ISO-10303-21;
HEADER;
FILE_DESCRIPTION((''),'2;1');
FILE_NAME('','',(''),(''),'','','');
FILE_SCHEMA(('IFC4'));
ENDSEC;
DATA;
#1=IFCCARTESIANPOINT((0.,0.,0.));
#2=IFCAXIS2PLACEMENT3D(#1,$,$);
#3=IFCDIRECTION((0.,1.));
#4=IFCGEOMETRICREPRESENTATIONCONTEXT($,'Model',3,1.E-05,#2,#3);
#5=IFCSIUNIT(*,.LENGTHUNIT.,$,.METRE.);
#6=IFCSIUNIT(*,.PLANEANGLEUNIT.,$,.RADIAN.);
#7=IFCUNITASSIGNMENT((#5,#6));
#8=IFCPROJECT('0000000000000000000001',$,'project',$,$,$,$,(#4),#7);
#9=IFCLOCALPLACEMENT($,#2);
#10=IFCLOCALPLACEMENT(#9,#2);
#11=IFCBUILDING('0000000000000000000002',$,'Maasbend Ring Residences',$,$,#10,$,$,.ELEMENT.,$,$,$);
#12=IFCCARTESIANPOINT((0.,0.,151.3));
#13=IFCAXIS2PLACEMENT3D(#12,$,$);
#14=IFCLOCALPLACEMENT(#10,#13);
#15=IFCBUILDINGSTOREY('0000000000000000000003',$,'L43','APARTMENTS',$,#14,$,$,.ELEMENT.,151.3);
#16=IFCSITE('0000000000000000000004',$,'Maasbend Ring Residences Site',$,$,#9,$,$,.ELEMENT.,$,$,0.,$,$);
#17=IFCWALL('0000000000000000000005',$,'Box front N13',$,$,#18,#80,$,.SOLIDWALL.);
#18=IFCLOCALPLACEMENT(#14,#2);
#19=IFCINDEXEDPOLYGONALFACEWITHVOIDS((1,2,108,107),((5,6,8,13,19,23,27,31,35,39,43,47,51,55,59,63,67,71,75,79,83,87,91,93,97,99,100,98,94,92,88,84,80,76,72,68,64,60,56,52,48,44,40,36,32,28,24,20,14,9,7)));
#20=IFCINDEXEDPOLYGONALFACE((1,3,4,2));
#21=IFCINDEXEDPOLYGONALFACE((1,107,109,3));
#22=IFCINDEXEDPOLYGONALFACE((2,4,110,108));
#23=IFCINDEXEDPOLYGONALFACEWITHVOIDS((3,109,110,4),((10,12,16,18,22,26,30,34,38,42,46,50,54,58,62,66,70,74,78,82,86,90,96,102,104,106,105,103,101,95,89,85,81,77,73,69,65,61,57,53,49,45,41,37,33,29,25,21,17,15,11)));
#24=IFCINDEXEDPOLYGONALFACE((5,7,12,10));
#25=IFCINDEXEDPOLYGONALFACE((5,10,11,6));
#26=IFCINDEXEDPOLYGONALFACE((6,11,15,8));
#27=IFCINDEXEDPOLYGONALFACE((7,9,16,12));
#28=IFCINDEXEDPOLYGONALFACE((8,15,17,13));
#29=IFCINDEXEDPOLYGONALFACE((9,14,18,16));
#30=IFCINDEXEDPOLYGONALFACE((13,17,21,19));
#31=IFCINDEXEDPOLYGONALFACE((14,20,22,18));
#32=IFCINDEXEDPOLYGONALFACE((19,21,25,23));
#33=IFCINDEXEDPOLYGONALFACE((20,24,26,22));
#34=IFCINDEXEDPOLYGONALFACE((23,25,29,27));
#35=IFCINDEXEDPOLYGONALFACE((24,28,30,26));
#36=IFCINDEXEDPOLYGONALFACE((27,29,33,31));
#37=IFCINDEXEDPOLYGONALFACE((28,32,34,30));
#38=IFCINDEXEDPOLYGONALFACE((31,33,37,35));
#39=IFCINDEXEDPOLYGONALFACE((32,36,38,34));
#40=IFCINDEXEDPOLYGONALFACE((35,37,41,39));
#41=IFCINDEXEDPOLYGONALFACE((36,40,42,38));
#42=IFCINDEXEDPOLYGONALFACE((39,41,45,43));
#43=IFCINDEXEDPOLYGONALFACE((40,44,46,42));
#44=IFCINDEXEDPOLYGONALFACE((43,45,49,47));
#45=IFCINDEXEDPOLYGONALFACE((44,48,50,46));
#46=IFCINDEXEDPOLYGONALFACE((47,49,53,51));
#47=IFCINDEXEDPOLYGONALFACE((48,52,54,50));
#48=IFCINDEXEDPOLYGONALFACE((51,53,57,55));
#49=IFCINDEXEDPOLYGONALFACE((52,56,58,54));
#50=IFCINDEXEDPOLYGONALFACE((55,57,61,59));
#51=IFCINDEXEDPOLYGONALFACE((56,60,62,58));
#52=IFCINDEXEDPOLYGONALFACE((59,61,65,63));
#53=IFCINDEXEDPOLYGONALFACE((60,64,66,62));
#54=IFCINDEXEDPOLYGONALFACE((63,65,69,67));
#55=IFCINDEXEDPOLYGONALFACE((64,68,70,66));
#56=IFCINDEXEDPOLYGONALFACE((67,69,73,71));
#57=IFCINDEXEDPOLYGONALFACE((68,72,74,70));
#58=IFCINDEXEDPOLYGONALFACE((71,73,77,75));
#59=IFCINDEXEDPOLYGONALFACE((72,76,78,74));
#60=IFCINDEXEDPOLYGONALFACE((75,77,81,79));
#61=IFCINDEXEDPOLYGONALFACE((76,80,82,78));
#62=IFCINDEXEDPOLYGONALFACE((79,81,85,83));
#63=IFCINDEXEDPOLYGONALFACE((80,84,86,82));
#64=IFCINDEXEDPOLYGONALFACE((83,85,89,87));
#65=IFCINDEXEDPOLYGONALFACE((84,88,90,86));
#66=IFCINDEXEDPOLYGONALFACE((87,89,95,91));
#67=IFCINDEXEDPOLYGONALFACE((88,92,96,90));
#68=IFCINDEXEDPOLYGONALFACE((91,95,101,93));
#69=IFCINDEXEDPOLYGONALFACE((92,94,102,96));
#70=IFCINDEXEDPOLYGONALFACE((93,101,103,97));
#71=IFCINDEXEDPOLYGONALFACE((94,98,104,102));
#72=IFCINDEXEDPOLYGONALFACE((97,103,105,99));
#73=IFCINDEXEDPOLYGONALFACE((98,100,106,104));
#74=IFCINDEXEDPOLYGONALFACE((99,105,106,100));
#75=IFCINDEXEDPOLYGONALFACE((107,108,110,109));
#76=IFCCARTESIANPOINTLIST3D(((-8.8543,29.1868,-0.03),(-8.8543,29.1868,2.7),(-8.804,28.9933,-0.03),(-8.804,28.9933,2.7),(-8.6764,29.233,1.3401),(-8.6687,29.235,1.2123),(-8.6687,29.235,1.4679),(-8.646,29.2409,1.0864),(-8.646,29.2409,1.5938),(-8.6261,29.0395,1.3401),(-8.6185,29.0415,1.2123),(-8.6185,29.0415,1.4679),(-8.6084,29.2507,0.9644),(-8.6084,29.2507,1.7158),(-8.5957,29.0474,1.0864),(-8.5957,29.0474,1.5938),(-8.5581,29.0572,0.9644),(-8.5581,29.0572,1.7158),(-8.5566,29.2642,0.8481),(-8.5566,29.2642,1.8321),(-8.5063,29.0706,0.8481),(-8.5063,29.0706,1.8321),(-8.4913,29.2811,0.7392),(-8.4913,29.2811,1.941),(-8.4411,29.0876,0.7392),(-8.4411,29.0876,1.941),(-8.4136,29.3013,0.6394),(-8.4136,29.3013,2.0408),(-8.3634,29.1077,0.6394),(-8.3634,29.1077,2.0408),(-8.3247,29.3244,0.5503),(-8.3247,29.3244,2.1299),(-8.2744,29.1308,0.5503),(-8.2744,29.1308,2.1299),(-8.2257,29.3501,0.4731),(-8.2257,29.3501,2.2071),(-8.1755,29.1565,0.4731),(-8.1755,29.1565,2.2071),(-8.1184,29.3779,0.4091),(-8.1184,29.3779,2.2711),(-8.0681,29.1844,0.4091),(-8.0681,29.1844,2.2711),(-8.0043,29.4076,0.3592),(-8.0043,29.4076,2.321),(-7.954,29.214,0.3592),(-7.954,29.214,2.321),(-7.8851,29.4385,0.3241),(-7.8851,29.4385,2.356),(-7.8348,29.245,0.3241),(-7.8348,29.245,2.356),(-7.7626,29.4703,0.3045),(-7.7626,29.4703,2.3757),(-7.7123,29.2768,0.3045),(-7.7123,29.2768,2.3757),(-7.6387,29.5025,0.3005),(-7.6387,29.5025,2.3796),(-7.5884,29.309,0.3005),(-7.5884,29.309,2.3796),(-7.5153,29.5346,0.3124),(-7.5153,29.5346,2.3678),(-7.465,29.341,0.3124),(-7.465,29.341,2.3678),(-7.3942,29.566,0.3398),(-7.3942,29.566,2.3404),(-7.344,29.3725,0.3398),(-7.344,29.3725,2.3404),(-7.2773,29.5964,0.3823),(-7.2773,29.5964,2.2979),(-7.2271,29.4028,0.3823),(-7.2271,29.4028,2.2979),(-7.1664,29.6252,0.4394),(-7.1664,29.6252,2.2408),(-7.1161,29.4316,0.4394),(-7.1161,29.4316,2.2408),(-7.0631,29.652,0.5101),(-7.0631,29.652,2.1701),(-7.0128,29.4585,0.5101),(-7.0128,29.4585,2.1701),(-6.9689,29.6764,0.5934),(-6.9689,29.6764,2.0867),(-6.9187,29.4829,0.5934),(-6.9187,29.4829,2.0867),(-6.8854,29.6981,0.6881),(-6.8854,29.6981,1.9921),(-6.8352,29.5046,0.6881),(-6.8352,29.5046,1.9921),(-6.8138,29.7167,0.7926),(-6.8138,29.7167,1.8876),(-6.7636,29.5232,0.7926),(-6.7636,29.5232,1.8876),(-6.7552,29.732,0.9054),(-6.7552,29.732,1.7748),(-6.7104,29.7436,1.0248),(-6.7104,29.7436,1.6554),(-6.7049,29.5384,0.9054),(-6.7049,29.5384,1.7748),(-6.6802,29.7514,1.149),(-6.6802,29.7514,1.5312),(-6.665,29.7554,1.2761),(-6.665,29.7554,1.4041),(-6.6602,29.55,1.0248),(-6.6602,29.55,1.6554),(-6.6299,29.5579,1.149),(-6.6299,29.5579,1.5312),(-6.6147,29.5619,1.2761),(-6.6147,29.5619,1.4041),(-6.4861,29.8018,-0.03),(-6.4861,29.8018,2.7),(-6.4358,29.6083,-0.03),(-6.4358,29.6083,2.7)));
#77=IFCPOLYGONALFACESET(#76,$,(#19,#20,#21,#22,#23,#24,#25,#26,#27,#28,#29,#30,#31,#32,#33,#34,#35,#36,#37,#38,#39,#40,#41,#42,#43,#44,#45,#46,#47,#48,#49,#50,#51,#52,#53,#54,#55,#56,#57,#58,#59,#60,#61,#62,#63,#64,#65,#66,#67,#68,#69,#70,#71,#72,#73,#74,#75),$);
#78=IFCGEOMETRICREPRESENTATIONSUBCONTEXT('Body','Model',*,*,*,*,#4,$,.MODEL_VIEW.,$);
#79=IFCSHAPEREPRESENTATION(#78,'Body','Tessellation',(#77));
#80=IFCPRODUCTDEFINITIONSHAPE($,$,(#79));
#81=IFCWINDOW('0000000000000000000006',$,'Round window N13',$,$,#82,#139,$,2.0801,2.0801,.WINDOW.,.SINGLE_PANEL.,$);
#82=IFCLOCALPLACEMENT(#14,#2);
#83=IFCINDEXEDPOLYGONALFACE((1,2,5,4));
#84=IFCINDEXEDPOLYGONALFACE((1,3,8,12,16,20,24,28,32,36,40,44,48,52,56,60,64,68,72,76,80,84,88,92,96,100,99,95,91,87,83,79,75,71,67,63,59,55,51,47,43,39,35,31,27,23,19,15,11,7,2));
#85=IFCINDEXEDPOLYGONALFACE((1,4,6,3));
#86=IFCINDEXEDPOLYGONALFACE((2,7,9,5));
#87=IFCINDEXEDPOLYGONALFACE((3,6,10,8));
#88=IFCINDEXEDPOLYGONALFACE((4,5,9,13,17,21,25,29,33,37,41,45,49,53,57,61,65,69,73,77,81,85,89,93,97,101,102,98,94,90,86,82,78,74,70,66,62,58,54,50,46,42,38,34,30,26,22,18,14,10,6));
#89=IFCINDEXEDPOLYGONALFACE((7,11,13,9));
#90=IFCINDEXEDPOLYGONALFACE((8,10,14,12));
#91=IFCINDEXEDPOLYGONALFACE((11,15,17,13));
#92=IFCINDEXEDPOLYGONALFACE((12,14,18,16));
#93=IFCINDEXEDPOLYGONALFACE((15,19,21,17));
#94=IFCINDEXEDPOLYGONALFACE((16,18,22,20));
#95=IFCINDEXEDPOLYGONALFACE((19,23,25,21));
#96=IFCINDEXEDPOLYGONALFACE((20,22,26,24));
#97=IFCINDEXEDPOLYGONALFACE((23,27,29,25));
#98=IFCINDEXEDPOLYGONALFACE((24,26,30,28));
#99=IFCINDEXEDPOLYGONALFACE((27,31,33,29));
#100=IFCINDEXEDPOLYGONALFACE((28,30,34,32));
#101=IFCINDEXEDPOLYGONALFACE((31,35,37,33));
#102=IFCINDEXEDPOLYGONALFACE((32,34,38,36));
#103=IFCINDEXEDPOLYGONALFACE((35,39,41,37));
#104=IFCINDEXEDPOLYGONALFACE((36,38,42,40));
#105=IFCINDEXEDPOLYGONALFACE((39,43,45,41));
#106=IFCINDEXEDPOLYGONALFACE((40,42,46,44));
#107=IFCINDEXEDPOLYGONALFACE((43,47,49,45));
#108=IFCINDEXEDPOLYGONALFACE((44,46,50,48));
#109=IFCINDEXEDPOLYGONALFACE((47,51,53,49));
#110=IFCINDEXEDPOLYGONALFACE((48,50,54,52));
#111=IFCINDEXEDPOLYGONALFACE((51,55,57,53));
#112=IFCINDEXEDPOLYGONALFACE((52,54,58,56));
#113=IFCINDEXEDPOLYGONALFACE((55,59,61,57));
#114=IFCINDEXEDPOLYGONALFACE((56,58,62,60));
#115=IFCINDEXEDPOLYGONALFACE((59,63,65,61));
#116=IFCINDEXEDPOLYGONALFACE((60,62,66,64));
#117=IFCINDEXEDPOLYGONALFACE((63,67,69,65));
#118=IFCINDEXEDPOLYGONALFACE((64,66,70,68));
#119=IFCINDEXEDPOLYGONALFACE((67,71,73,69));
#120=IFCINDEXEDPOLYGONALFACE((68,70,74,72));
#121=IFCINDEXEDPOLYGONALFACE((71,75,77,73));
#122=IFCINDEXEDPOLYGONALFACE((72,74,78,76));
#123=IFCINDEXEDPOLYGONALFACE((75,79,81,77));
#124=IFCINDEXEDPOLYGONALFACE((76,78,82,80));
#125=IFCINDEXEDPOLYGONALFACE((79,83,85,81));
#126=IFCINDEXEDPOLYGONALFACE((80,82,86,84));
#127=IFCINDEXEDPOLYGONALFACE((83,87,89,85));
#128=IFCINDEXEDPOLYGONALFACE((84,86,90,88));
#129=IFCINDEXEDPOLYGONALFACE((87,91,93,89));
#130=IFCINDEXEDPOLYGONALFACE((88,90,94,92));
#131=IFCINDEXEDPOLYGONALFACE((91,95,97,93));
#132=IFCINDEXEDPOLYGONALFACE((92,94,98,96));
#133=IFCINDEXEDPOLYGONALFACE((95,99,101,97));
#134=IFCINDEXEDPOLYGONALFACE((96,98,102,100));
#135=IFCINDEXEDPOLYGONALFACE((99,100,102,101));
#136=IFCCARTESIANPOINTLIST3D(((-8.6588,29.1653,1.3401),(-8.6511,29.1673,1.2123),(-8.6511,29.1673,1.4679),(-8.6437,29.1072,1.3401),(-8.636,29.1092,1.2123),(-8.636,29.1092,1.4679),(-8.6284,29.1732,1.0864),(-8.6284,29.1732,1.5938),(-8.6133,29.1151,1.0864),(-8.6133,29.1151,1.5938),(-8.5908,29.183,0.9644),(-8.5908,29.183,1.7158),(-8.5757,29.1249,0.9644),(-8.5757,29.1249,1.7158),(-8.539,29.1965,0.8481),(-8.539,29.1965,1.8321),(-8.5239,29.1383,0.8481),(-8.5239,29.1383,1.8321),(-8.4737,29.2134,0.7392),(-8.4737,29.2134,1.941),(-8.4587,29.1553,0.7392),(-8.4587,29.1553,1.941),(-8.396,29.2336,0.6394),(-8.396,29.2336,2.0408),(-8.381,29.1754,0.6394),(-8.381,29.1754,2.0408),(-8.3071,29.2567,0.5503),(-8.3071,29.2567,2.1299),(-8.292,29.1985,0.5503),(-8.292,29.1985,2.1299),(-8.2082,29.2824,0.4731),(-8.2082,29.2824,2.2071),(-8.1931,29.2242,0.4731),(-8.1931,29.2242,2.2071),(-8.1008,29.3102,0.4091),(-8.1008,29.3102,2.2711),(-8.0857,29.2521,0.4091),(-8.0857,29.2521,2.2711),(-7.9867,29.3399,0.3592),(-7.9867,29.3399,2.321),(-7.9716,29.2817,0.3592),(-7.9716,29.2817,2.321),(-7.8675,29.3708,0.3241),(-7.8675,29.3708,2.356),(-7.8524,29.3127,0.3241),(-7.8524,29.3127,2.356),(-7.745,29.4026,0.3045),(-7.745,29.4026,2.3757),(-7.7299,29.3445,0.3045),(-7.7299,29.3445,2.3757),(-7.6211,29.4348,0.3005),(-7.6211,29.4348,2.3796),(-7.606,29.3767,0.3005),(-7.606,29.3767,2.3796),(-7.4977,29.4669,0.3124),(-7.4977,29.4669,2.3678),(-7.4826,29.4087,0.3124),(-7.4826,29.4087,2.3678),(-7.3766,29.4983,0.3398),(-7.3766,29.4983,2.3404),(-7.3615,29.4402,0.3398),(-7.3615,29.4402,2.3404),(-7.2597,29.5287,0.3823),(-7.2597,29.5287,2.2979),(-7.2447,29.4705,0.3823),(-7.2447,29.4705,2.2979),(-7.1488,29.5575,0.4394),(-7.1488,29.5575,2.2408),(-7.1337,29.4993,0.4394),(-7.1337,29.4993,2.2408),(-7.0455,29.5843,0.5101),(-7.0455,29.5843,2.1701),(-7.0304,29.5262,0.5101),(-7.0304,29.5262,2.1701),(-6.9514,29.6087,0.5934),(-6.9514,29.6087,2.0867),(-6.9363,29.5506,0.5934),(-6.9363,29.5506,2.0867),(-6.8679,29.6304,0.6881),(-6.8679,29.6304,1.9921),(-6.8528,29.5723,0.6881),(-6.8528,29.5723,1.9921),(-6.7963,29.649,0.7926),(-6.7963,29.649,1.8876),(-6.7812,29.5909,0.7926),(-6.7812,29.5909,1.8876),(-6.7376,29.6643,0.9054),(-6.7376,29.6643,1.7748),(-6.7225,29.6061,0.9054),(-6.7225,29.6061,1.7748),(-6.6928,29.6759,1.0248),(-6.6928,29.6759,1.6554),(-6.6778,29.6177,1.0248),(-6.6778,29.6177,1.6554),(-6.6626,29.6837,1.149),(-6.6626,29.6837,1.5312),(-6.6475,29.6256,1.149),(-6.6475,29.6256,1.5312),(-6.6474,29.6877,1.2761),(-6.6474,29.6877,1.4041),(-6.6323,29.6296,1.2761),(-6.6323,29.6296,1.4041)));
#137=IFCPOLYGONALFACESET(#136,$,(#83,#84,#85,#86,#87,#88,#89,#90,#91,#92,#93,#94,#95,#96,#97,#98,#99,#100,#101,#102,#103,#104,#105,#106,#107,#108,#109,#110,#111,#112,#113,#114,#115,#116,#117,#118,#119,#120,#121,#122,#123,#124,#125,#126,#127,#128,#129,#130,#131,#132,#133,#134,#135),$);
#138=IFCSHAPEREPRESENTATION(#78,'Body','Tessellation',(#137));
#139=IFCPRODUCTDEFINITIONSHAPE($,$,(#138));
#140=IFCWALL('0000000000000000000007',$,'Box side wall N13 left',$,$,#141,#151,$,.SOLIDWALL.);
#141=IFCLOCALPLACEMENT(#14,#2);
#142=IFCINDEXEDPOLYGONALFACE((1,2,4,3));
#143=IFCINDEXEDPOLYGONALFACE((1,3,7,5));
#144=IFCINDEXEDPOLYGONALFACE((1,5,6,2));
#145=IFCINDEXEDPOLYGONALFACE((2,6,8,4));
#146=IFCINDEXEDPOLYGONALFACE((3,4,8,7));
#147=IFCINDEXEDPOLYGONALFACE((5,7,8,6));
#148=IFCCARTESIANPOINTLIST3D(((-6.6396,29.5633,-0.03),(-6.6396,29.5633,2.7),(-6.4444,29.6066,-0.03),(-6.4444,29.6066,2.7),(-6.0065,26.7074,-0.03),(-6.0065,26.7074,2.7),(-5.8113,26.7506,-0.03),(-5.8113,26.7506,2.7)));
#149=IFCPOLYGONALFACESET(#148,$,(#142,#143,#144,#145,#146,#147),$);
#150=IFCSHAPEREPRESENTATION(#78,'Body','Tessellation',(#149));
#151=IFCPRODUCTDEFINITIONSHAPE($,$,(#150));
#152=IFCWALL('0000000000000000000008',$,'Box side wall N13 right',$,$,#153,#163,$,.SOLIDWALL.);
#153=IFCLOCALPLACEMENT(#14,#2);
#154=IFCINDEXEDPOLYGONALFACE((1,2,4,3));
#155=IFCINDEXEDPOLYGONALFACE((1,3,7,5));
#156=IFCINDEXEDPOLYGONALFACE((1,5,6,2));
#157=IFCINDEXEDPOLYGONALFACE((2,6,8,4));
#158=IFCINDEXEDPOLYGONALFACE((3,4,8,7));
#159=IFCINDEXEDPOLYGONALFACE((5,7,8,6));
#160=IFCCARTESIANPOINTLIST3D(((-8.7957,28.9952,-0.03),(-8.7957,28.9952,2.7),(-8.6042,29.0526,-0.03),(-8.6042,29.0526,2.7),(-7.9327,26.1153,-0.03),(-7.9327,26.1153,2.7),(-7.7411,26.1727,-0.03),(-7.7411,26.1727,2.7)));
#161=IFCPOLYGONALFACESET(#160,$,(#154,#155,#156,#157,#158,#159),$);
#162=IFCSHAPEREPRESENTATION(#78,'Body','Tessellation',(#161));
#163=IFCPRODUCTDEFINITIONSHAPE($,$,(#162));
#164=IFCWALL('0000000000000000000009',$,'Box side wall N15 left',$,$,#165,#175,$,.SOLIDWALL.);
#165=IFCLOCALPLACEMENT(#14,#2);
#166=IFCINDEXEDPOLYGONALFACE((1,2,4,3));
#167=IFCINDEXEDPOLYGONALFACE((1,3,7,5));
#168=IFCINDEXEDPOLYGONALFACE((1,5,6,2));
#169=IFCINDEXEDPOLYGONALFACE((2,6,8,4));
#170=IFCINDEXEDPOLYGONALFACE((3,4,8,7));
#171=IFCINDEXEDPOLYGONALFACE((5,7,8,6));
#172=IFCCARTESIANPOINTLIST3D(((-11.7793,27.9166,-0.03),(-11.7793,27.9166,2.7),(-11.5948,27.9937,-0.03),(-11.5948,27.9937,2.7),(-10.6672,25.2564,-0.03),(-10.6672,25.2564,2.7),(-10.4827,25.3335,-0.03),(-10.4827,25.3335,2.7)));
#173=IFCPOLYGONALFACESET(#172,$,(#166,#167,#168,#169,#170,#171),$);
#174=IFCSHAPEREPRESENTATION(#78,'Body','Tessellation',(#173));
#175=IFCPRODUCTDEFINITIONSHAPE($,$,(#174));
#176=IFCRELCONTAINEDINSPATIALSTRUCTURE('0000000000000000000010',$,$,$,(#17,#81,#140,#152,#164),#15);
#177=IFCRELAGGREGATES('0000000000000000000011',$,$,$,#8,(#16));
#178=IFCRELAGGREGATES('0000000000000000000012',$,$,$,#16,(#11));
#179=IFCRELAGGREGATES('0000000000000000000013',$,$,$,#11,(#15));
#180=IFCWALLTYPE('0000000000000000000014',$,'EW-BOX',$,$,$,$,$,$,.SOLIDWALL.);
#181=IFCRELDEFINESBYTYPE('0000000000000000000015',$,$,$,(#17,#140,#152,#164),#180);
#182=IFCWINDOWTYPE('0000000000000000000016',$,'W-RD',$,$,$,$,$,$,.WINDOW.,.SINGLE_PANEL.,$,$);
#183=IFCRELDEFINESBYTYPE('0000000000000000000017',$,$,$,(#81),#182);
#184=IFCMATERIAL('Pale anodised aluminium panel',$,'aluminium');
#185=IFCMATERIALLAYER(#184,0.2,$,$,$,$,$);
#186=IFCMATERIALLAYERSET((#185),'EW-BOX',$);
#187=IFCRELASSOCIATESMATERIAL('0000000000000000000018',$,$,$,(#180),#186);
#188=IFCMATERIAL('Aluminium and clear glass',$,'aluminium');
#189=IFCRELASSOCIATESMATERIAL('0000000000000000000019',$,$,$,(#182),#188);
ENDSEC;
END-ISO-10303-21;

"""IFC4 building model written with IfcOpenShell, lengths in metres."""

from ifc_helpers import new_model, si_unit, direction, frame, frame_2d, origin, place, context, subcontext, project, spatial, rectangle, circle, extrude, material, layer, layer_set, type_object, element, fill, save


model = new_model("IFC4")

# Units and contexts
model_context = context("Model", 3, precision=1e-05, world=origin(), true_north=direction((0.0, 1.0)))
body_context = subcontext(model_context, "Body", "Model", "MODEL_VIEW")
ifc_project = project(units=[si_unit("LENGTHUNIT", "METRE"), si_unit("PLANEANGLEUNIT", "RADIAN")], contexts=[model_context])

# Site, building, storey
site_placement = place(None, origin())
site = spatial("IfcSite", under=ifc_project, at=site_placement, Name="Maasbend Ring Residences Site", CompositionType="ELEMENT", RefElevation=0.0)
building_placement = place(site_placement, origin())
building = spatial("IfcBuilding", under=site, at=building_placement, Name="Maasbend Ring Residences", CompositionType="ELEMENT")
storey_placement = place(building_placement, frame((0.0, 0.0, 151.3)))
storey = spatial("IfcBuildingStorey", under=building, at=storey_placement, Name="L43", Description="APARTMENTS", CompositionType="ELEMENT", Elevation=151.3)

# Shared definitions
ifc_material_1 = material(Name="Pale anodised aluminium panel", Category="aluminium")
ifc_layer_1 = layer(ifc_material_1, 0.2)
ifc_layer_set_1 = layer_set([ifc_layer_1], Name="EW-BOX")
wall_type_1 = type_object("IfcWallType", Name="EW-BOX", PredefinedType="SOLIDWALL", material=ifc_layer_set_1)

# Wall, opening, window
wall_1_placement = place(storey_placement, frame((-6.4609, 29.7051, -0.03), z_axis=(0.0, 0.0, 1.0), x_axis=(-0.967895, -0.251353, 0.0)))
wall_1 = element("IfcWall", 1, at=wall_1_placement, inside=storey, type_object=wall_type_1, Name="Box front N13", PredefinedType="SOLIDWALL", context=body_context, shape_type="SweptSolid", body=[
    extrude(rectangle(XDim=2.4468, YDim=0.2, at=frame_2d((1.2234, 0.0))), origin(), (0.0, 0.0, 1.0), 2.73),
])
opening_1_placement = place(wall_1_placement, frame((0.1829, 0.0, 0.3301)))
opening_1 = element("IfcOpeningElement", 2, at=opening_1_placement, cuts=wall_1, PredefinedType="OPENING", context=body_context, shape_type="SweptSolid", body=[
    extrude(circle(Radius=1.04, at=frame_2d((1.04, 1.04))), frame((0.0, 0.1099, 0.0), z_axis=(0.0, -1.0, 0.0), x_axis=(1.0, 0.0, 0.0)), (0.0, 0.0, 1.0), 0.22),
])
ifc_material_2 = material(Name="Aluminium and clear glass", Category="aluminium")
window_type_1 = type_object("IfcWindowType", Name="W-RD", PartitioningType="SINGLE_PANEL", PredefinedType="WINDOW", material=ifc_material_2)
window_1_placement = place(opening_1_placement, origin())
window_1 = element("IfcWindow", 3, at=window_1_placement, inside=storey, type_object=window_type_1, Name="Round window N13", OverallHeight=2.0801, OverallWidth=2.0801, PartitioningType="SINGLE_PANEL", PredefinedType="WINDOW", context=body_context, shape_type="SweptSolid", body=[
    extrude(circle(Radius=1.04, at=frame_2d((1.04, 1.04))), frame((0.0, 0.03, 0.0), z_axis=(0.0, -1.0, 0.0), x_axis=(1.0, 0.0, 0.0)), (0.0, 0.0, 1.0), 0.0601),
])
fill(opening_1, window_1)

# Walls
wall_2_placement = place(storey_placement, frame((-5.9089, 26.729, -0.03), z_axis=(0.0, 0.0, 1.0), x_axis=(-0.216409, 0.976303, 0.0)))
element("IfcWall", 4, at=wall_2_placement, inside=storey, type_object=wall_type_1, Name="Box side wall N13 left", PredefinedType="SOLIDWALL", context=body_context, shape_type="SweptSolid", body=[
    extrude(rectangle(XDim=2.9253, YDim=0.2, at=frame_2d((1.4626, 0.0))), origin(), (0.0, 0.0, 1.0), 2.73),
])
wall_3_placement = place(storey_placement, frame((-7.8369, 26.144, -0.03), z_axis=(0.0, 0.0, 1.0), x_axis=(-0.287065, 0.957911, 0.0)))
element("IfcWall", 5, at=wall_3_placement, inside=storey, type_object=wall_type_1, Name="Box side wall N13 right", PredefinedType="SOLIDWALL", context=body_context, shape_type="SweptSolid", body=[
    extrude(rectangle(XDim=3.0063, YDim=0.2, at=frame_2d((1.5032, 0.0))), origin(), (0.0, 0.0, 1.0), 2.73),
])
wall_4_placement = place(storey_placement, frame((-10.575, 25.2949, -0.03), z_axis=(0.0, 0.0, 1.0), x_axis=(-0.385697, 0.922625, 0.0)))
element("IfcWall", 6, at=wall_4_placement, inside=storey, type_object=wall_type_1, Name="Box side wall N15 left", PredefinedType="SOLIDWALL", context=body_context, shape_type="SweptSolid", body=[
    extrude(rectangle(XDim=2.8833, YDim=0.2, at=frame_2d((1.4417, 0.0))), origin(), (0.0, 0.0, 1.0), 2.73),
])

save(model, "model.ifc")
